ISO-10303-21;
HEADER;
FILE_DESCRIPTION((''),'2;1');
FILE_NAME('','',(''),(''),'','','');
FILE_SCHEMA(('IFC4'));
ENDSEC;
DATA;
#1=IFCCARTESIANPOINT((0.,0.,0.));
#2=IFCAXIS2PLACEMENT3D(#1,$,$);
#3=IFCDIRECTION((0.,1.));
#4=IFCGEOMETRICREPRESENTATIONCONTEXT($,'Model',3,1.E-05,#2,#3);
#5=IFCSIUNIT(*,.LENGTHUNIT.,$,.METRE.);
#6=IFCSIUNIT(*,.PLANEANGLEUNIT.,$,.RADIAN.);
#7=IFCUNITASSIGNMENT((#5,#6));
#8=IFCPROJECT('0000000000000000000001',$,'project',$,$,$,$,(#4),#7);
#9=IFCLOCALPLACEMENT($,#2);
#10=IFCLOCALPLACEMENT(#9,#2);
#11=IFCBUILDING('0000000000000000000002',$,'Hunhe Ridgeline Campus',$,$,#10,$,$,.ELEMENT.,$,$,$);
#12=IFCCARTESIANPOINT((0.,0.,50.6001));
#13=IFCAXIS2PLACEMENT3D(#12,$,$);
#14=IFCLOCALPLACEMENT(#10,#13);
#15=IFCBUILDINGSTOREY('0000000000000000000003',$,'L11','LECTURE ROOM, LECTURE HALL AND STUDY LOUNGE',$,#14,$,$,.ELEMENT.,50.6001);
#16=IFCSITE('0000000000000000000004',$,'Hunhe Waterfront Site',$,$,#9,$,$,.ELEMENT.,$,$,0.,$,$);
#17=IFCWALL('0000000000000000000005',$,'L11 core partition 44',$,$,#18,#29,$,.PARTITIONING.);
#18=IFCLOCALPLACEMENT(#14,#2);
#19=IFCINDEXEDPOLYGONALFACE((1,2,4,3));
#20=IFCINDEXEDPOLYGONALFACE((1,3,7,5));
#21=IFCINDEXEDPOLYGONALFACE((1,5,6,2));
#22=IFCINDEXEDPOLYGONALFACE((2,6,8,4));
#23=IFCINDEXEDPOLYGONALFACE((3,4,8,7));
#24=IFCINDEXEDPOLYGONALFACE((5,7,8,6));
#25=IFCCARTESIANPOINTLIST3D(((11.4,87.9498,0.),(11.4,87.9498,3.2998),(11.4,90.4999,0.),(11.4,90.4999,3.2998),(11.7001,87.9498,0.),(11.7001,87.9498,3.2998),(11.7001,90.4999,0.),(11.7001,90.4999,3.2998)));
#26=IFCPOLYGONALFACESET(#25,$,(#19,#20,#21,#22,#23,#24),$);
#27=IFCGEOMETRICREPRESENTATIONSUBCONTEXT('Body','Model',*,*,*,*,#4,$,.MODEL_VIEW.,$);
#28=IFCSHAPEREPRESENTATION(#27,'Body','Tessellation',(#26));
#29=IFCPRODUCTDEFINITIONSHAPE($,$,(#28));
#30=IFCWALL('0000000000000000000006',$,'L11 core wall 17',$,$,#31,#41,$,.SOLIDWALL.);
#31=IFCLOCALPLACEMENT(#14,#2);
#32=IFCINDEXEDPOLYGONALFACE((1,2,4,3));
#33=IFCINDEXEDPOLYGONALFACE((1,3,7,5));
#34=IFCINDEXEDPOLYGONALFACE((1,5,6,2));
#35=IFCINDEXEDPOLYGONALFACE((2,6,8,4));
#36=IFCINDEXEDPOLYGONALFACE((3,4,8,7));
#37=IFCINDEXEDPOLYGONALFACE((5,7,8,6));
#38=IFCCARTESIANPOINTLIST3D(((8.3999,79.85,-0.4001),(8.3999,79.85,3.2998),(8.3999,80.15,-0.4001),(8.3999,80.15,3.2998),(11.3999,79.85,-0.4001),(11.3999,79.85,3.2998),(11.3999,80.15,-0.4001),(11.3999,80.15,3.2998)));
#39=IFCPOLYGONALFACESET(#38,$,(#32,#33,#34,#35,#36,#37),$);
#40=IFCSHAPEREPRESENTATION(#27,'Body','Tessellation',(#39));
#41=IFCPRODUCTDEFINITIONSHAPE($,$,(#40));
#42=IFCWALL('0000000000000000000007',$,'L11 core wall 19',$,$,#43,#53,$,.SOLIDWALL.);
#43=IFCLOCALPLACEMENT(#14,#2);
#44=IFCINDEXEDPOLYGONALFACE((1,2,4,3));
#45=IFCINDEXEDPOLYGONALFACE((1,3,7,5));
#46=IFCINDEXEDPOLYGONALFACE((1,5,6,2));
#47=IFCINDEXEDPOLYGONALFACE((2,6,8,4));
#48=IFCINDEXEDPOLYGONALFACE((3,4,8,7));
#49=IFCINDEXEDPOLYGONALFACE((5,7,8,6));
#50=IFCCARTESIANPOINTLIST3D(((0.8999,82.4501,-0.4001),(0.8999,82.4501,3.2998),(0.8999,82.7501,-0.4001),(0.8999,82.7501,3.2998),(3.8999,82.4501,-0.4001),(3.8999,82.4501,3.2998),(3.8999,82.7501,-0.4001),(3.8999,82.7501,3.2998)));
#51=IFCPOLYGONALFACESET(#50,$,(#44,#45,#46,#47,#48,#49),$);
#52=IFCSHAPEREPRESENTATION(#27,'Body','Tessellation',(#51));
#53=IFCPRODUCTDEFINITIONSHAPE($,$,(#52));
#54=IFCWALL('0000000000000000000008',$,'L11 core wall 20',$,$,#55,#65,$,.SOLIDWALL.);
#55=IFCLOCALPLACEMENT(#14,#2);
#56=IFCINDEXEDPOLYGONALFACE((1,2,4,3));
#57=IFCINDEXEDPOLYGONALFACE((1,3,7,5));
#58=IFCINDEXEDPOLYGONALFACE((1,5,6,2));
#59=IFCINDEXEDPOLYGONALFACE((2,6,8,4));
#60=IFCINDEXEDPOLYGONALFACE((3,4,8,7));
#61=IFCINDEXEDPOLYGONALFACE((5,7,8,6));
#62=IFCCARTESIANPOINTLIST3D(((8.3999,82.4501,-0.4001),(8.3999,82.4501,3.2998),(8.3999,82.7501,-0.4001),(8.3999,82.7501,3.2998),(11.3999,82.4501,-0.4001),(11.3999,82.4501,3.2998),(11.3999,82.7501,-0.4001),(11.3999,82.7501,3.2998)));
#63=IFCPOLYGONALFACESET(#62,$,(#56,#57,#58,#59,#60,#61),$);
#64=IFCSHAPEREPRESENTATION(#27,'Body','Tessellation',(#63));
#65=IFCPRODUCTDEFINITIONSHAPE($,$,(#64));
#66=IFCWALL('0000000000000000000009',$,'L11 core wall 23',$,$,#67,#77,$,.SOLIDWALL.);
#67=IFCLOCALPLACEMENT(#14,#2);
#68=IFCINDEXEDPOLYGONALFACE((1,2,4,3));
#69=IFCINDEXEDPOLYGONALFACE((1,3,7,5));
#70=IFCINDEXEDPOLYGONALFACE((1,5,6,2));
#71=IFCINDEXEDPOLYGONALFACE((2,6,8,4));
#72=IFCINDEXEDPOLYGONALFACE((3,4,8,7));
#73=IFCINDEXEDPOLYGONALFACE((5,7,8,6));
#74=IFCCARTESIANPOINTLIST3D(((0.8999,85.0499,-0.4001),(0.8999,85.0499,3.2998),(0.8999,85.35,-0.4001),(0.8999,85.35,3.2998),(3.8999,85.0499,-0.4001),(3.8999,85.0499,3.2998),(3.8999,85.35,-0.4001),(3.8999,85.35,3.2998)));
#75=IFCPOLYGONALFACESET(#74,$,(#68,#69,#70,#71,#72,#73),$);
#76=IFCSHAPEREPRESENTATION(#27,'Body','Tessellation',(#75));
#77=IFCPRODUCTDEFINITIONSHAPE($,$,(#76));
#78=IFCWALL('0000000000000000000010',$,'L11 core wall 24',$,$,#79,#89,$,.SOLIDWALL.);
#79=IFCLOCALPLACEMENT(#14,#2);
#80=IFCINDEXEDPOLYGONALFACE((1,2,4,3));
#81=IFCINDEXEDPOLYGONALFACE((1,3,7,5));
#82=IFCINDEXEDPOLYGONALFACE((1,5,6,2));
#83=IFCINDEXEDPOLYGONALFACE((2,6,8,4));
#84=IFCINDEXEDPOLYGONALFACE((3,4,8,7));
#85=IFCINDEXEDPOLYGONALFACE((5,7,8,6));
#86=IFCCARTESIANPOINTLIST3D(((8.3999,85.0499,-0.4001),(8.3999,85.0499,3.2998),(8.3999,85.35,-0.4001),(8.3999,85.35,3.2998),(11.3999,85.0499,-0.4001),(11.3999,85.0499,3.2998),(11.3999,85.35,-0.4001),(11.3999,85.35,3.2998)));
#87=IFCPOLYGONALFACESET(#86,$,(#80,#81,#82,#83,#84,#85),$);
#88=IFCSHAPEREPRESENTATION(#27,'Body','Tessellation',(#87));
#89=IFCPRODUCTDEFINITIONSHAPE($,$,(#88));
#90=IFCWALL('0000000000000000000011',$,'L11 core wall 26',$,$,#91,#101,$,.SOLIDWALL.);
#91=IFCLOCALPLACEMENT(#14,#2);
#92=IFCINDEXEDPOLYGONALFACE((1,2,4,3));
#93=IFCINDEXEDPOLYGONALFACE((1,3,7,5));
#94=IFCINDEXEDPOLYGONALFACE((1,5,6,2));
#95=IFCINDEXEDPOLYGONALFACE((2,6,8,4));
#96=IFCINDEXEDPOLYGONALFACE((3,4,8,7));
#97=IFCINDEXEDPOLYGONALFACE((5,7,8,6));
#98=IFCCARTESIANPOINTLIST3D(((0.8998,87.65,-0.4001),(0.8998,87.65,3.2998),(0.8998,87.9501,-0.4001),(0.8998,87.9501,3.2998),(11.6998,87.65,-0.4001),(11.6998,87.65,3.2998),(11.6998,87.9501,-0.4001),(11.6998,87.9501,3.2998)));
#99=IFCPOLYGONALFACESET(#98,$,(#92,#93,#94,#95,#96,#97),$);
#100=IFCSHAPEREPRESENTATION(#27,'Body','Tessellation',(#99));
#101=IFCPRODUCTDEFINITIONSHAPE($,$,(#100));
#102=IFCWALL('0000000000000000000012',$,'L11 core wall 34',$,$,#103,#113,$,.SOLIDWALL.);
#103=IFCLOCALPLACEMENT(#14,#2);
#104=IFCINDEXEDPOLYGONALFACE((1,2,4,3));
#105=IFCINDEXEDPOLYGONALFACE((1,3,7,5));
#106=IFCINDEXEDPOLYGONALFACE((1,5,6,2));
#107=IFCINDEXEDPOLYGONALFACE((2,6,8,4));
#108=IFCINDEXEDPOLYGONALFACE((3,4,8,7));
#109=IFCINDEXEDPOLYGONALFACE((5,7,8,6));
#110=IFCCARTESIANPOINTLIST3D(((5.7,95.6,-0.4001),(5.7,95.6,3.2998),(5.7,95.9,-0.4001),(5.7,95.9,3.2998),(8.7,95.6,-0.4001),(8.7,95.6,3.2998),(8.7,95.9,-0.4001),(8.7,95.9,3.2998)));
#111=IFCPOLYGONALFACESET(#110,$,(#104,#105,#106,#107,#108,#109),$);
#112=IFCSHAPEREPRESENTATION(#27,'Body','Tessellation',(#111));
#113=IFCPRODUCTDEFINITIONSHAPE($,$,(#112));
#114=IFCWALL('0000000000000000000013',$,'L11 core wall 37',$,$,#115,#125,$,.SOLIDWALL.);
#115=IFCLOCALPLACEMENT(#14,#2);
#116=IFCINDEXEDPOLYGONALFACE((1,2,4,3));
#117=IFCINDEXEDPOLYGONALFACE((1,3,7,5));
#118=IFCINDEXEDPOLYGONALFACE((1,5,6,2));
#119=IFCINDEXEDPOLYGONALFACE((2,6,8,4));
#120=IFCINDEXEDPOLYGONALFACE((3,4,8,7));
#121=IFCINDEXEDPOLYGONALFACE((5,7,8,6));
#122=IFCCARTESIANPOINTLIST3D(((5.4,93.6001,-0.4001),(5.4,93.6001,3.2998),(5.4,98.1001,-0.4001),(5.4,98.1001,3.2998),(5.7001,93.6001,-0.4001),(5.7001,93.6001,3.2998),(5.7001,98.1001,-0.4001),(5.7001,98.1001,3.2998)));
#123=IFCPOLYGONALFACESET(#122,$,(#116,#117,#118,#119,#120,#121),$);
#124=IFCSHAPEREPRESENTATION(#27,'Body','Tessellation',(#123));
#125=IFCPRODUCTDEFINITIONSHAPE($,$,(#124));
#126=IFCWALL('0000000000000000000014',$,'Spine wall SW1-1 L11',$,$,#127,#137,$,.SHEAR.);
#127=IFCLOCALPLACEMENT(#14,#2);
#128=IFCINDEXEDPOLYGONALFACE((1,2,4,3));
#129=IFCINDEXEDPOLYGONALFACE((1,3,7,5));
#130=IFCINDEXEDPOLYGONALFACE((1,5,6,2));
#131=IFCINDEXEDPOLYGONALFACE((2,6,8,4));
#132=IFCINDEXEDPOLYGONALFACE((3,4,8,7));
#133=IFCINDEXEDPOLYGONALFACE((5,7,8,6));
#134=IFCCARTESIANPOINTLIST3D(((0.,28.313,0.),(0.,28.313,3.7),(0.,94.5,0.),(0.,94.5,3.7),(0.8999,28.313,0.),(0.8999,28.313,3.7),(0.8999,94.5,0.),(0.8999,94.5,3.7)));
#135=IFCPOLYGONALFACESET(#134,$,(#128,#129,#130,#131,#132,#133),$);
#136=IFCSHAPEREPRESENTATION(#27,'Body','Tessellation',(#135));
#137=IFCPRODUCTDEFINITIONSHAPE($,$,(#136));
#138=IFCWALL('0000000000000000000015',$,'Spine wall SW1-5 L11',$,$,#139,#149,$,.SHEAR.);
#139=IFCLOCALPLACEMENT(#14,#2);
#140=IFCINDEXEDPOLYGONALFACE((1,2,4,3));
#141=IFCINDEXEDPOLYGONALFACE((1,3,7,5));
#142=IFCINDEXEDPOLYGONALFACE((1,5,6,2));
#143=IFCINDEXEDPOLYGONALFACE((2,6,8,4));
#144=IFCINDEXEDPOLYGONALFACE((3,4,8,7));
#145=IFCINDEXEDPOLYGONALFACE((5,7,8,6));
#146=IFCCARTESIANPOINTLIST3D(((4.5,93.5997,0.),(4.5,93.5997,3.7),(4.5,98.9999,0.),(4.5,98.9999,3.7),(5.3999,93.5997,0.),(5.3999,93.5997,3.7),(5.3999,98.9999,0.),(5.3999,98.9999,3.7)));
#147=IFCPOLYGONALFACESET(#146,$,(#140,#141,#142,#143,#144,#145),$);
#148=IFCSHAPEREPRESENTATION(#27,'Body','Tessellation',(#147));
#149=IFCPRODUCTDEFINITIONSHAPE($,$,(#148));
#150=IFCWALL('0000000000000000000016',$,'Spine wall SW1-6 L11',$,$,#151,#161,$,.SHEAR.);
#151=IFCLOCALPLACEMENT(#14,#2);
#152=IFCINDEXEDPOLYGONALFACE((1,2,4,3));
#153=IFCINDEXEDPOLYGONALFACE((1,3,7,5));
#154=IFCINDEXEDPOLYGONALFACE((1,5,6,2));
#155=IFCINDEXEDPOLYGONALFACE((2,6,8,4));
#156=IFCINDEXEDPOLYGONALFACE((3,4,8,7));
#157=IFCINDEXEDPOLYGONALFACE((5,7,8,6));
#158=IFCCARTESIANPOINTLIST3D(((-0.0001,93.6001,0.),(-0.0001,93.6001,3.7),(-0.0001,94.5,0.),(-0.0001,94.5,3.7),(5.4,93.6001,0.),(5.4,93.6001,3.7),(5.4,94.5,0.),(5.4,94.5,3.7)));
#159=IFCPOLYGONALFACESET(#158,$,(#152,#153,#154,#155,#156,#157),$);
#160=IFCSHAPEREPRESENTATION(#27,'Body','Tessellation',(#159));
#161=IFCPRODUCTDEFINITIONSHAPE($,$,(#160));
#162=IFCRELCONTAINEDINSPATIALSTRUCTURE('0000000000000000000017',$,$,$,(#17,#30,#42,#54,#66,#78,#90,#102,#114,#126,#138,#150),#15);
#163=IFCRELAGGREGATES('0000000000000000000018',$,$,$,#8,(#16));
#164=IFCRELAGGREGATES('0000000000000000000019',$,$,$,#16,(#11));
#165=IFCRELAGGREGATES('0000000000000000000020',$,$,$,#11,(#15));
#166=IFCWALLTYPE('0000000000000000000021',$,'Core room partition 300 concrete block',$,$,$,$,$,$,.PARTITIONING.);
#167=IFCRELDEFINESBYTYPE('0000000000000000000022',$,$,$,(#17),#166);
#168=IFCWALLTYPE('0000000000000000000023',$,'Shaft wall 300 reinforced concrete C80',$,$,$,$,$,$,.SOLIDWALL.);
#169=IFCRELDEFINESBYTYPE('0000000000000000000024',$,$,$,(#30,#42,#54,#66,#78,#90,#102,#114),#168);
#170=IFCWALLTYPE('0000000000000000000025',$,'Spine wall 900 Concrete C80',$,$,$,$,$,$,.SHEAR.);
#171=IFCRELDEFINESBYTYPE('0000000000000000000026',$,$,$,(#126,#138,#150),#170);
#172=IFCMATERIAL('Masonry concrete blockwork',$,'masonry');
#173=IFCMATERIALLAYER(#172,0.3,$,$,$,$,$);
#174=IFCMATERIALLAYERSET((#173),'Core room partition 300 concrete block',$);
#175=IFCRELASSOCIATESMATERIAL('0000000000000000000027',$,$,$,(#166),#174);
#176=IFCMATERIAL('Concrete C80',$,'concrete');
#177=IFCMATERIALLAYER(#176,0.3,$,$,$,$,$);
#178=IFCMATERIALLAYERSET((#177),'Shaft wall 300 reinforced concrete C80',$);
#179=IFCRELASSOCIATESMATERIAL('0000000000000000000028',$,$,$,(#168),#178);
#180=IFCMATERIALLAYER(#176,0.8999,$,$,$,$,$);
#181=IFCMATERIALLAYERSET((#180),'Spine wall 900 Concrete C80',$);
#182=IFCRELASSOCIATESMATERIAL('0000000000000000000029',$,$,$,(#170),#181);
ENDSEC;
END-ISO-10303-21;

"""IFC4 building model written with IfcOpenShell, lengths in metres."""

from ifc_helpers import new_model, si_unit, direction, frame, frame_2d, origin, place, context, subcontext, project, spatial, rectangle, extrude, material, layer, layer_set, type_object, element, save


model = new_model("IFC4")

# Units and contexts
model_context = context("Model", 3, precision=1e-05, world=origin(), true_north=direction((0.0, 1.0)))
body_context = subcontext(model_context, "Body", "Model", "MODEL_VIEW")
ifc_project = project(units=[si_unit("LENGTHUNIT", "METRE"), si_unit("PLANEANGLEUNIT", "RADIAN")], contexts=[model_context])

# Site, building, storey
site_placement = place(None, origin())
site = spatial("IfcSite", under=ifc_project, at=site_placement, Name="Hunhe Waterfront Site", CompositionType="ELEMENT", RefElevation=0.0)
building_placement = place(site_placement, origin())
building = spatial("IfcBuilding", under=site, at=building_placement, Name="Hunhe Ridgeline Campus", CompositionType="ELEMENT")
storey_placement = place(building_placement, frame((0.0, 0.0, 50.6001)))
storey = spatial("IfcBuildingStorey", under=building, at=storey_placement, Name="L11", Description="LECTURE ROOM, LECTURE HALL AND STUDY LOUNGE", CompositionType="ELEMENT", Elevation=50.6001)

# Wall
ifc_material_1 = material(Name="Masonry concrete blockwork", Category="masonry")
ifc_layer_1 = layer(ifc_material_1, 0.3)
ifc_layer_set_1 = layer_set([ifc_layer_1], Name="Core room partition 300 concrete block")
wall_type_1 = type_object("IfcWallType", Name="Core room partition 300 concrete block", PredefinedType="PARTITIONING", material=ifc_layer_set_1)
wall_1_placement = place(storey_placement, frame((11.55, 87.95, 0.0), z_axis=(0.0, 0.0, 1.0), x_axis=(0.0, 1.0, 0.0)))
element("IfcWall", 1, at=wall_1_placement, inside=storey, type_object=wall_type_1, Name="L11 core partition 44", PredefinedType="PARTITIONING", context=body_context, shape_type="SweptSolid", body=[
    extrude(rectangle(XDim=2.55, YDim=0.3, at=frame_2d((1.2749, 0.0))), origin(), (0.0, 0.0, 1.0), 3.2998),
])

# Shared definitions
ifc_material_2 = material(Name="Concrete C80", Category="concrete")

# Walls
ifc_layer_2 = layer(ifc_material_2, 0.3)
ifc_layer_set_2 = layer_set([ifc_layer_2], Name="Shaft wall 300 reinforced concrete C80")
wall_type_2 = type_object("IfcWallType", Name="Shaft wall 300 reinforced concrete C80", PredefinedType="SOLIDWALL", material=ifc_layer_set_2)
for number, where, z_axis, x_axis, name in (
    (2, (8.3999, 80.0, -0.4001), (0.0, 0.0, 1.0), (1.0, 0.0, 0.0), "L11 core wall 17"),
    (3, (0.8999, 82.6001, -0.4001), (0.0, 0.0, 1.0), (1.0, 0.0, 0.0), "L11 core wall 19"),
    (4, (8.3999, 82.6001, -0.4001), (0.0, 0.0, 1.0), (1.0, 0.0, 0.0), "L11 core wall 20"),
    (5, (0.8999, 85.2, -0.4001), (0.0, 0.0, 1.0), (1.0, 0.0, 0.0), "L11 core wall 23"),
    (6, (8.3999, 85.2, -0.4001), (0.0, 0.0, 1.0), (1.0, 0.0, 0.0), "L11 core wall 24"),
):
    element("IfcWall", number, at=place(storey_placement, frame(where, z_axis=z_axis, x_axis=x_axis)), inside=storey, type_object=wall_type_2, Name=name, PredefinedType="SOLIDWALL", context=body_context, shape_type="SweptSolid", body=[
        extrude(rectangle(XDim=3.0, YDim=0.3, at=frame_2d((1.5, 0.0))), origin(), (0.0, 0.0, 1.0), 3.7),
    ])
wall_2_placement = place(storey_placement, frame((0.8999, 87.8, -0.4001), z_axis=(0.0, 0.0, 1.0), x_axis=(1.0, 0.0, 0.0)))
element("IfcWall", 7, at=wall_2_placement, inside=storey, type_object=wall_type_2, Name="L11 core wall 26", PredefinedType="SOLIDWALL", context=body_context, shape_type="SweptSolid", body=[
    extrude(rectangle(XDim=10.8, YDim=0.3, at=frame_2d((5.3999, 0.0))), origin(), (0.0, 0.0, 1.0), 3.7),
])

# Walls
wall_3_placement = place(storey_placement, frame((5.7, 95.75, -0.4001), z_axis=(0.0, 0.0, 1.0), x_axis=(1.0, 0.0, 0.0)))
element("IfcWall", 8, at=wall_3_placement, inside=storey, type_object=wall_type_2, Name="L11 core wall 34", PredefinedType="SOLIDWALL", context=body_context, shape_type="SweptSolid", body=[
    extrude(rectangle(XDim=3.0, YDim=0.3, at=frame_2d((1.5, 0.0))), origin(), (0.0, 0.0, 1.0), 3.7),
])
wall_4_placement = place(storey_placement, frame((5.55, 93.6001, -0.4001), z_axis=(0.0, 0.0, 1.0), x_axis=(0.0, 1.0, 0.0)))
element("IfcWall", 9, at=wall_4_placement, inside=storey, type_object=wall_type_2, Name="L11 core wall 37", PredefinedType="SOLIDWALL", context=body_context, shape_type="SweptSolid", body=[
    extrude(rectangle(XDim=4.5, YDim=0.3, at=frame_2d((2.25, 0.0))), origin(), (0.0, 0.0, 1.0), 3.7),
])

# Walls
ifc_layer_3 = layer(ifc_material_2, 0.8999)
ifc_layer_set_3 = layer_set([ifc_layer_3], Name="Spine wall 900 Concrete C80")
wall_type_3 = type_object("IfcWallType", Name="Spine wall 900 Concrete C80", PredefinedType="SHEAR", material=ifc_layer_set_3)
wall_5_placement = place(storey_placement, frame((0.45, 94.5, 0.0), z_axis=(0.0, 0.0, 1.0), x_axis=(0.0, -1.0, 0.0)))
element("IfcWall", 10, at=wall_5_placement, inside=storey, type_object=wall_type_3, Name="Spine wall SW1-1 L11", PredefinedType="SHEAR", context=body_context, shape_type="SweptSolid", body=[
    extrude(rectangle(XDim=66.187, YDim=0.8999, at=frame_2d((33.0935, 0.0))), origin(), (0.0, 0.0, 1.0), 3.7),
])
for number, where, z_axis, x_axis, name in (
    (11, (4.95, 99.0, 0.0), (0.0, 0.0, 1.0), (0.0, -1.0, 0.0), "Spine wall SW1-5 L11"),
    (12, (5.4001, 94.05, 0.0), (0.0, 0.0, 1.0), (-1.0, 0.0, 0.0), "Spine wall SW1-6 L11"),
):
    element("IfcWall", number, at=place(storey_placement, frame(where, z_axis=z_axis, x_axis=x_axis)), inside=storey, type_object=wall_type_3, Name=name, PredefinedType="SHEAR", context=body_context, shape_type="SweptSolid", body=[
        extrude(rectangle(XDim=5.4001, YDim=0.8999, at=frame_2d((2.7002, 0.0))), origin(), (0.0, 0.0, 1.0), 3.7),
    ])

save(model, "model.ifc")
